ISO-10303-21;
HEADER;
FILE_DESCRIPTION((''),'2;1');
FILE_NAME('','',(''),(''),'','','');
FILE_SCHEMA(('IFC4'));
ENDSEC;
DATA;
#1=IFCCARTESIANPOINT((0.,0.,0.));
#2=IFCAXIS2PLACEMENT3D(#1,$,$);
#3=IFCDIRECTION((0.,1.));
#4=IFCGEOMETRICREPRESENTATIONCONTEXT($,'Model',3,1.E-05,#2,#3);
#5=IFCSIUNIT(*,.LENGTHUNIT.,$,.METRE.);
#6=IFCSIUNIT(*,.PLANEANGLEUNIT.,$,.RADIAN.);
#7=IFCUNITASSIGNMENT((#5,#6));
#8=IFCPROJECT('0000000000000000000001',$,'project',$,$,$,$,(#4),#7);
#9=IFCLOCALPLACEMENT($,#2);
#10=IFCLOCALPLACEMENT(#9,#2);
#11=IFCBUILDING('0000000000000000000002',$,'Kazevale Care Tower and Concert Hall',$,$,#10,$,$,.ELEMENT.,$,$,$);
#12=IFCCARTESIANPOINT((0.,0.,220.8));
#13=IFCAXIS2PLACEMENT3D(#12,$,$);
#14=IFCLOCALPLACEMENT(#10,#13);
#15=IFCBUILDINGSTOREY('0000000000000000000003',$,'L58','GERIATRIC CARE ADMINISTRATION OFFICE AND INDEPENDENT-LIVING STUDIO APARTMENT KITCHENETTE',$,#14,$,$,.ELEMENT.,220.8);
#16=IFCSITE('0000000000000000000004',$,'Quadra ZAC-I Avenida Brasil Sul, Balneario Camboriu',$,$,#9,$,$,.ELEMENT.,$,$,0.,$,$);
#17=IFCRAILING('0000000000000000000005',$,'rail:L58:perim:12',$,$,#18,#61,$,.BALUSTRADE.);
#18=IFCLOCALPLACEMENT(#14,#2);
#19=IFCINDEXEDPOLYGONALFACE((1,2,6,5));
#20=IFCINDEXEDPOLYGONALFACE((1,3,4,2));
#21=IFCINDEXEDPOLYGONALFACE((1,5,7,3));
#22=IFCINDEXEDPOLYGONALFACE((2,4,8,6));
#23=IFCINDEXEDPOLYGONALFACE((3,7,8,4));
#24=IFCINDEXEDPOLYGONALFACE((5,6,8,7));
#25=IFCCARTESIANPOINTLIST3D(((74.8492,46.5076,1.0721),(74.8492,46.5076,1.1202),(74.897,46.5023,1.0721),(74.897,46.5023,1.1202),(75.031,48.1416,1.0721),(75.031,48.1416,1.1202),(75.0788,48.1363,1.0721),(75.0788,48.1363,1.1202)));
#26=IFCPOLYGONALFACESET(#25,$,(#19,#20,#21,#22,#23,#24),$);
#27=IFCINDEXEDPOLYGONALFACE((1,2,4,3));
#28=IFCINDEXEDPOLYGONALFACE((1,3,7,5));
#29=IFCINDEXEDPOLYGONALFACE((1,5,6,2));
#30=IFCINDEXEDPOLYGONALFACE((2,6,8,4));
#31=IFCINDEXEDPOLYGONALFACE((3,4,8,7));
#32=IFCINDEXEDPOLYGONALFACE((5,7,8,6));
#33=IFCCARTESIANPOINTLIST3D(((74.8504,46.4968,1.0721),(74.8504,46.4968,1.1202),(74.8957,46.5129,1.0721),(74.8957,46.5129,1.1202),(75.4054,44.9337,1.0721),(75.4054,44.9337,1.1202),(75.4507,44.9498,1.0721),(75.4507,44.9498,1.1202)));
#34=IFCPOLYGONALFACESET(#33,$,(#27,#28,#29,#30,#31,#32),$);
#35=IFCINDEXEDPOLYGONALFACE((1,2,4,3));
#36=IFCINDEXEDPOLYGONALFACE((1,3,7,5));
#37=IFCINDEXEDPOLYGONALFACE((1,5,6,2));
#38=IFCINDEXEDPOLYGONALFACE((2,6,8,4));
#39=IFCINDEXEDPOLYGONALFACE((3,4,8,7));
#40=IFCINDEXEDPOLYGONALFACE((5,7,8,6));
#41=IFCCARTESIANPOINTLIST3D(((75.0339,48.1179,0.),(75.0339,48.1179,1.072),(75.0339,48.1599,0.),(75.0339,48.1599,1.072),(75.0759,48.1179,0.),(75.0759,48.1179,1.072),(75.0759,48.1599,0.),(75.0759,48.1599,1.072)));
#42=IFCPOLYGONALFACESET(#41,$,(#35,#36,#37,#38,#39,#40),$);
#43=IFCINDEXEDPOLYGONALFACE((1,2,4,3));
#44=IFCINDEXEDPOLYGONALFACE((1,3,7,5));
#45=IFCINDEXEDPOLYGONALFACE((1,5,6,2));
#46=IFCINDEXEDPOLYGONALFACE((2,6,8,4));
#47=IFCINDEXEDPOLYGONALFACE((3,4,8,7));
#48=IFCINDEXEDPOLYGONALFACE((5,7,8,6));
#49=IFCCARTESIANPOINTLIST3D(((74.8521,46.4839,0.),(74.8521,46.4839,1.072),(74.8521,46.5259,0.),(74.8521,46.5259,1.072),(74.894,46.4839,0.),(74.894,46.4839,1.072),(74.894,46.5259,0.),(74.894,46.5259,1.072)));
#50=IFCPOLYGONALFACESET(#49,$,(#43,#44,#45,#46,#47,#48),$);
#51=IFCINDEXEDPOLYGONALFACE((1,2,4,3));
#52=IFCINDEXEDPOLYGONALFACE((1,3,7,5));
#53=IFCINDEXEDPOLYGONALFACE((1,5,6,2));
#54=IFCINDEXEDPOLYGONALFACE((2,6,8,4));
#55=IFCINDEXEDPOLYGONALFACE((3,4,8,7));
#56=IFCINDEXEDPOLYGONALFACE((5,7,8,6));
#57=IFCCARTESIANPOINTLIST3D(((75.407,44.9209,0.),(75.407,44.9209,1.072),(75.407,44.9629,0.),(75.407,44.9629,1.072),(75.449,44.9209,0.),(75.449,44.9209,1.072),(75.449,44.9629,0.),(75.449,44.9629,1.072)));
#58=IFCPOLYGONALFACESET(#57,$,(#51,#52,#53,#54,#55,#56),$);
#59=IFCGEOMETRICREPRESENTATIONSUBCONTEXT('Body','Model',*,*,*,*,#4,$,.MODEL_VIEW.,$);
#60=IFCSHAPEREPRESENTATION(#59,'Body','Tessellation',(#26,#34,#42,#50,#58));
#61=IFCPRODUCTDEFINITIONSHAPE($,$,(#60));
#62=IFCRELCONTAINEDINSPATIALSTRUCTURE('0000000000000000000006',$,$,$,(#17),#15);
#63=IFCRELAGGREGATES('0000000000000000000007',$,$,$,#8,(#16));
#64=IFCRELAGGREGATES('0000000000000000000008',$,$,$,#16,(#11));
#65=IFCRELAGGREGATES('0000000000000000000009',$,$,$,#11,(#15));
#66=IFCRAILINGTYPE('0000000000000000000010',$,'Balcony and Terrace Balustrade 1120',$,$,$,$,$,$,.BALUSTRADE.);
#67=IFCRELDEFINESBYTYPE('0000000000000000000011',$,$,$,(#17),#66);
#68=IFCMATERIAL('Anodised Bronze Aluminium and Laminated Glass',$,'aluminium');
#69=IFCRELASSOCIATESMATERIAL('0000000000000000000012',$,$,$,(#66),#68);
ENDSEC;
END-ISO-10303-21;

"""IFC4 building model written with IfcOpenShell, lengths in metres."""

from ifc_helpers import new_model, si_unit, direction, frame, origin, origin_2d, place, context, subcontext, project, spatial, rectangle, extrude, material, type_object, element, save


model = new_model("IFC4")

# Units and contexts
model_context = context("Model", 3, precision=1e-05, world=origin(), true_north=direction((0.0, 1.0)))
body_context = subcontext(model_context, "Body", "Model", "MODEL_VIEW")
ifc_project = project(units=[si_unit("LENGTHUNIT", "METRE"), si_unit("PLANEANGLEUNIT", "RADIAN")], contexts=[model_context])

# Site, building, storey
site_placement = place(None, origin())
site = spatial("IfcSite", under=ifc_project, at=site_placement, Name="Quadra ZAC-I Avenida Brasil Sul, Balneario Camboriu", CompositionType="ELEMENT", RefElevation=0.0)
building_placement = place(site_placement, origin())
building = spatial("IfcBuilding", under=site, at=building_placement, Name="Kazevale Care Tower and Concert Hall", CompositionType="ELEMENT")
storey_placement = place(building_placement, frame((0.0, 0.0, 220.8)))
storey = spatial("IfcBuildingStorey", under=building, at=storey_placement, Name="L58", Description="GERIATRIC CARE ADMINISTRATION OFFICE AND INDEPENDENT-LIVING STUDIO APARTMENT KITCHENETTE", CompositionType="ELEMENT", Elevation=220.8)

# Railing
ifc_material_1 = material(Name="Anodised Bronze Aluminium and Laminated Glass", Category="aluminium")
railing_type = type_object("IfcRailingType", Name="Balcony and Terrace Balustrade 1120", PredefinedType="BALUSTRADE", material=ifc_material_1)
railing_1_placement = place(storey_placement, frame((75.0549, 48.1389, 0.0)))
element("IfcRailing", 1, at=railing_1_placement, inside=storey, type_object=railing_type, Name="rail:L58:perim:12", PredefinedType="BALUSTRADE", context=body_context, shape_type="SweptSolid", body=[
    extrude(rectangle(XDim=0.0481, YDim=0.0481, at=origin_2d()), frame((0.0, 0.0, 1.0962), z_axis=(-0.110627, -0.993862, 0.0), x_axis=(0.993862, -0.110627, 0.0)), (0.0, 0.0, 1.0), 1.644),
    extrude(rectangle(XDim=0.0481, YDim=0.0481, at=origin_2d()), frame((-0.1819, -1.634, 1.0962), z_axis=(0.334583, -0.942366, 0.0), x_axis=(0.942366, 0.334583, 0.0)), (0.0, 0.0, 1.0), 1.6587),
    extrude(rectangle(XDim=0.042, YDim=0.042, at=origin_2d()), origin(), (0.0, 0.0, 1.0), 1.072),
    extrude(rectangle(XDim=0.042, YDim=0.042, at=origin_2d()), frame((-0.1819, -1.634, 0.0)), (0.0, 0.0, 1.0), 1.072),
    extrude(rectangle(XDim=0.042, YDim=0.042, at=origin_2d()), frame((0.373, -3.197, 0.0)), (0.0, 0.0, 1.0), 1.072),
])

save(model, "model.ifc")
